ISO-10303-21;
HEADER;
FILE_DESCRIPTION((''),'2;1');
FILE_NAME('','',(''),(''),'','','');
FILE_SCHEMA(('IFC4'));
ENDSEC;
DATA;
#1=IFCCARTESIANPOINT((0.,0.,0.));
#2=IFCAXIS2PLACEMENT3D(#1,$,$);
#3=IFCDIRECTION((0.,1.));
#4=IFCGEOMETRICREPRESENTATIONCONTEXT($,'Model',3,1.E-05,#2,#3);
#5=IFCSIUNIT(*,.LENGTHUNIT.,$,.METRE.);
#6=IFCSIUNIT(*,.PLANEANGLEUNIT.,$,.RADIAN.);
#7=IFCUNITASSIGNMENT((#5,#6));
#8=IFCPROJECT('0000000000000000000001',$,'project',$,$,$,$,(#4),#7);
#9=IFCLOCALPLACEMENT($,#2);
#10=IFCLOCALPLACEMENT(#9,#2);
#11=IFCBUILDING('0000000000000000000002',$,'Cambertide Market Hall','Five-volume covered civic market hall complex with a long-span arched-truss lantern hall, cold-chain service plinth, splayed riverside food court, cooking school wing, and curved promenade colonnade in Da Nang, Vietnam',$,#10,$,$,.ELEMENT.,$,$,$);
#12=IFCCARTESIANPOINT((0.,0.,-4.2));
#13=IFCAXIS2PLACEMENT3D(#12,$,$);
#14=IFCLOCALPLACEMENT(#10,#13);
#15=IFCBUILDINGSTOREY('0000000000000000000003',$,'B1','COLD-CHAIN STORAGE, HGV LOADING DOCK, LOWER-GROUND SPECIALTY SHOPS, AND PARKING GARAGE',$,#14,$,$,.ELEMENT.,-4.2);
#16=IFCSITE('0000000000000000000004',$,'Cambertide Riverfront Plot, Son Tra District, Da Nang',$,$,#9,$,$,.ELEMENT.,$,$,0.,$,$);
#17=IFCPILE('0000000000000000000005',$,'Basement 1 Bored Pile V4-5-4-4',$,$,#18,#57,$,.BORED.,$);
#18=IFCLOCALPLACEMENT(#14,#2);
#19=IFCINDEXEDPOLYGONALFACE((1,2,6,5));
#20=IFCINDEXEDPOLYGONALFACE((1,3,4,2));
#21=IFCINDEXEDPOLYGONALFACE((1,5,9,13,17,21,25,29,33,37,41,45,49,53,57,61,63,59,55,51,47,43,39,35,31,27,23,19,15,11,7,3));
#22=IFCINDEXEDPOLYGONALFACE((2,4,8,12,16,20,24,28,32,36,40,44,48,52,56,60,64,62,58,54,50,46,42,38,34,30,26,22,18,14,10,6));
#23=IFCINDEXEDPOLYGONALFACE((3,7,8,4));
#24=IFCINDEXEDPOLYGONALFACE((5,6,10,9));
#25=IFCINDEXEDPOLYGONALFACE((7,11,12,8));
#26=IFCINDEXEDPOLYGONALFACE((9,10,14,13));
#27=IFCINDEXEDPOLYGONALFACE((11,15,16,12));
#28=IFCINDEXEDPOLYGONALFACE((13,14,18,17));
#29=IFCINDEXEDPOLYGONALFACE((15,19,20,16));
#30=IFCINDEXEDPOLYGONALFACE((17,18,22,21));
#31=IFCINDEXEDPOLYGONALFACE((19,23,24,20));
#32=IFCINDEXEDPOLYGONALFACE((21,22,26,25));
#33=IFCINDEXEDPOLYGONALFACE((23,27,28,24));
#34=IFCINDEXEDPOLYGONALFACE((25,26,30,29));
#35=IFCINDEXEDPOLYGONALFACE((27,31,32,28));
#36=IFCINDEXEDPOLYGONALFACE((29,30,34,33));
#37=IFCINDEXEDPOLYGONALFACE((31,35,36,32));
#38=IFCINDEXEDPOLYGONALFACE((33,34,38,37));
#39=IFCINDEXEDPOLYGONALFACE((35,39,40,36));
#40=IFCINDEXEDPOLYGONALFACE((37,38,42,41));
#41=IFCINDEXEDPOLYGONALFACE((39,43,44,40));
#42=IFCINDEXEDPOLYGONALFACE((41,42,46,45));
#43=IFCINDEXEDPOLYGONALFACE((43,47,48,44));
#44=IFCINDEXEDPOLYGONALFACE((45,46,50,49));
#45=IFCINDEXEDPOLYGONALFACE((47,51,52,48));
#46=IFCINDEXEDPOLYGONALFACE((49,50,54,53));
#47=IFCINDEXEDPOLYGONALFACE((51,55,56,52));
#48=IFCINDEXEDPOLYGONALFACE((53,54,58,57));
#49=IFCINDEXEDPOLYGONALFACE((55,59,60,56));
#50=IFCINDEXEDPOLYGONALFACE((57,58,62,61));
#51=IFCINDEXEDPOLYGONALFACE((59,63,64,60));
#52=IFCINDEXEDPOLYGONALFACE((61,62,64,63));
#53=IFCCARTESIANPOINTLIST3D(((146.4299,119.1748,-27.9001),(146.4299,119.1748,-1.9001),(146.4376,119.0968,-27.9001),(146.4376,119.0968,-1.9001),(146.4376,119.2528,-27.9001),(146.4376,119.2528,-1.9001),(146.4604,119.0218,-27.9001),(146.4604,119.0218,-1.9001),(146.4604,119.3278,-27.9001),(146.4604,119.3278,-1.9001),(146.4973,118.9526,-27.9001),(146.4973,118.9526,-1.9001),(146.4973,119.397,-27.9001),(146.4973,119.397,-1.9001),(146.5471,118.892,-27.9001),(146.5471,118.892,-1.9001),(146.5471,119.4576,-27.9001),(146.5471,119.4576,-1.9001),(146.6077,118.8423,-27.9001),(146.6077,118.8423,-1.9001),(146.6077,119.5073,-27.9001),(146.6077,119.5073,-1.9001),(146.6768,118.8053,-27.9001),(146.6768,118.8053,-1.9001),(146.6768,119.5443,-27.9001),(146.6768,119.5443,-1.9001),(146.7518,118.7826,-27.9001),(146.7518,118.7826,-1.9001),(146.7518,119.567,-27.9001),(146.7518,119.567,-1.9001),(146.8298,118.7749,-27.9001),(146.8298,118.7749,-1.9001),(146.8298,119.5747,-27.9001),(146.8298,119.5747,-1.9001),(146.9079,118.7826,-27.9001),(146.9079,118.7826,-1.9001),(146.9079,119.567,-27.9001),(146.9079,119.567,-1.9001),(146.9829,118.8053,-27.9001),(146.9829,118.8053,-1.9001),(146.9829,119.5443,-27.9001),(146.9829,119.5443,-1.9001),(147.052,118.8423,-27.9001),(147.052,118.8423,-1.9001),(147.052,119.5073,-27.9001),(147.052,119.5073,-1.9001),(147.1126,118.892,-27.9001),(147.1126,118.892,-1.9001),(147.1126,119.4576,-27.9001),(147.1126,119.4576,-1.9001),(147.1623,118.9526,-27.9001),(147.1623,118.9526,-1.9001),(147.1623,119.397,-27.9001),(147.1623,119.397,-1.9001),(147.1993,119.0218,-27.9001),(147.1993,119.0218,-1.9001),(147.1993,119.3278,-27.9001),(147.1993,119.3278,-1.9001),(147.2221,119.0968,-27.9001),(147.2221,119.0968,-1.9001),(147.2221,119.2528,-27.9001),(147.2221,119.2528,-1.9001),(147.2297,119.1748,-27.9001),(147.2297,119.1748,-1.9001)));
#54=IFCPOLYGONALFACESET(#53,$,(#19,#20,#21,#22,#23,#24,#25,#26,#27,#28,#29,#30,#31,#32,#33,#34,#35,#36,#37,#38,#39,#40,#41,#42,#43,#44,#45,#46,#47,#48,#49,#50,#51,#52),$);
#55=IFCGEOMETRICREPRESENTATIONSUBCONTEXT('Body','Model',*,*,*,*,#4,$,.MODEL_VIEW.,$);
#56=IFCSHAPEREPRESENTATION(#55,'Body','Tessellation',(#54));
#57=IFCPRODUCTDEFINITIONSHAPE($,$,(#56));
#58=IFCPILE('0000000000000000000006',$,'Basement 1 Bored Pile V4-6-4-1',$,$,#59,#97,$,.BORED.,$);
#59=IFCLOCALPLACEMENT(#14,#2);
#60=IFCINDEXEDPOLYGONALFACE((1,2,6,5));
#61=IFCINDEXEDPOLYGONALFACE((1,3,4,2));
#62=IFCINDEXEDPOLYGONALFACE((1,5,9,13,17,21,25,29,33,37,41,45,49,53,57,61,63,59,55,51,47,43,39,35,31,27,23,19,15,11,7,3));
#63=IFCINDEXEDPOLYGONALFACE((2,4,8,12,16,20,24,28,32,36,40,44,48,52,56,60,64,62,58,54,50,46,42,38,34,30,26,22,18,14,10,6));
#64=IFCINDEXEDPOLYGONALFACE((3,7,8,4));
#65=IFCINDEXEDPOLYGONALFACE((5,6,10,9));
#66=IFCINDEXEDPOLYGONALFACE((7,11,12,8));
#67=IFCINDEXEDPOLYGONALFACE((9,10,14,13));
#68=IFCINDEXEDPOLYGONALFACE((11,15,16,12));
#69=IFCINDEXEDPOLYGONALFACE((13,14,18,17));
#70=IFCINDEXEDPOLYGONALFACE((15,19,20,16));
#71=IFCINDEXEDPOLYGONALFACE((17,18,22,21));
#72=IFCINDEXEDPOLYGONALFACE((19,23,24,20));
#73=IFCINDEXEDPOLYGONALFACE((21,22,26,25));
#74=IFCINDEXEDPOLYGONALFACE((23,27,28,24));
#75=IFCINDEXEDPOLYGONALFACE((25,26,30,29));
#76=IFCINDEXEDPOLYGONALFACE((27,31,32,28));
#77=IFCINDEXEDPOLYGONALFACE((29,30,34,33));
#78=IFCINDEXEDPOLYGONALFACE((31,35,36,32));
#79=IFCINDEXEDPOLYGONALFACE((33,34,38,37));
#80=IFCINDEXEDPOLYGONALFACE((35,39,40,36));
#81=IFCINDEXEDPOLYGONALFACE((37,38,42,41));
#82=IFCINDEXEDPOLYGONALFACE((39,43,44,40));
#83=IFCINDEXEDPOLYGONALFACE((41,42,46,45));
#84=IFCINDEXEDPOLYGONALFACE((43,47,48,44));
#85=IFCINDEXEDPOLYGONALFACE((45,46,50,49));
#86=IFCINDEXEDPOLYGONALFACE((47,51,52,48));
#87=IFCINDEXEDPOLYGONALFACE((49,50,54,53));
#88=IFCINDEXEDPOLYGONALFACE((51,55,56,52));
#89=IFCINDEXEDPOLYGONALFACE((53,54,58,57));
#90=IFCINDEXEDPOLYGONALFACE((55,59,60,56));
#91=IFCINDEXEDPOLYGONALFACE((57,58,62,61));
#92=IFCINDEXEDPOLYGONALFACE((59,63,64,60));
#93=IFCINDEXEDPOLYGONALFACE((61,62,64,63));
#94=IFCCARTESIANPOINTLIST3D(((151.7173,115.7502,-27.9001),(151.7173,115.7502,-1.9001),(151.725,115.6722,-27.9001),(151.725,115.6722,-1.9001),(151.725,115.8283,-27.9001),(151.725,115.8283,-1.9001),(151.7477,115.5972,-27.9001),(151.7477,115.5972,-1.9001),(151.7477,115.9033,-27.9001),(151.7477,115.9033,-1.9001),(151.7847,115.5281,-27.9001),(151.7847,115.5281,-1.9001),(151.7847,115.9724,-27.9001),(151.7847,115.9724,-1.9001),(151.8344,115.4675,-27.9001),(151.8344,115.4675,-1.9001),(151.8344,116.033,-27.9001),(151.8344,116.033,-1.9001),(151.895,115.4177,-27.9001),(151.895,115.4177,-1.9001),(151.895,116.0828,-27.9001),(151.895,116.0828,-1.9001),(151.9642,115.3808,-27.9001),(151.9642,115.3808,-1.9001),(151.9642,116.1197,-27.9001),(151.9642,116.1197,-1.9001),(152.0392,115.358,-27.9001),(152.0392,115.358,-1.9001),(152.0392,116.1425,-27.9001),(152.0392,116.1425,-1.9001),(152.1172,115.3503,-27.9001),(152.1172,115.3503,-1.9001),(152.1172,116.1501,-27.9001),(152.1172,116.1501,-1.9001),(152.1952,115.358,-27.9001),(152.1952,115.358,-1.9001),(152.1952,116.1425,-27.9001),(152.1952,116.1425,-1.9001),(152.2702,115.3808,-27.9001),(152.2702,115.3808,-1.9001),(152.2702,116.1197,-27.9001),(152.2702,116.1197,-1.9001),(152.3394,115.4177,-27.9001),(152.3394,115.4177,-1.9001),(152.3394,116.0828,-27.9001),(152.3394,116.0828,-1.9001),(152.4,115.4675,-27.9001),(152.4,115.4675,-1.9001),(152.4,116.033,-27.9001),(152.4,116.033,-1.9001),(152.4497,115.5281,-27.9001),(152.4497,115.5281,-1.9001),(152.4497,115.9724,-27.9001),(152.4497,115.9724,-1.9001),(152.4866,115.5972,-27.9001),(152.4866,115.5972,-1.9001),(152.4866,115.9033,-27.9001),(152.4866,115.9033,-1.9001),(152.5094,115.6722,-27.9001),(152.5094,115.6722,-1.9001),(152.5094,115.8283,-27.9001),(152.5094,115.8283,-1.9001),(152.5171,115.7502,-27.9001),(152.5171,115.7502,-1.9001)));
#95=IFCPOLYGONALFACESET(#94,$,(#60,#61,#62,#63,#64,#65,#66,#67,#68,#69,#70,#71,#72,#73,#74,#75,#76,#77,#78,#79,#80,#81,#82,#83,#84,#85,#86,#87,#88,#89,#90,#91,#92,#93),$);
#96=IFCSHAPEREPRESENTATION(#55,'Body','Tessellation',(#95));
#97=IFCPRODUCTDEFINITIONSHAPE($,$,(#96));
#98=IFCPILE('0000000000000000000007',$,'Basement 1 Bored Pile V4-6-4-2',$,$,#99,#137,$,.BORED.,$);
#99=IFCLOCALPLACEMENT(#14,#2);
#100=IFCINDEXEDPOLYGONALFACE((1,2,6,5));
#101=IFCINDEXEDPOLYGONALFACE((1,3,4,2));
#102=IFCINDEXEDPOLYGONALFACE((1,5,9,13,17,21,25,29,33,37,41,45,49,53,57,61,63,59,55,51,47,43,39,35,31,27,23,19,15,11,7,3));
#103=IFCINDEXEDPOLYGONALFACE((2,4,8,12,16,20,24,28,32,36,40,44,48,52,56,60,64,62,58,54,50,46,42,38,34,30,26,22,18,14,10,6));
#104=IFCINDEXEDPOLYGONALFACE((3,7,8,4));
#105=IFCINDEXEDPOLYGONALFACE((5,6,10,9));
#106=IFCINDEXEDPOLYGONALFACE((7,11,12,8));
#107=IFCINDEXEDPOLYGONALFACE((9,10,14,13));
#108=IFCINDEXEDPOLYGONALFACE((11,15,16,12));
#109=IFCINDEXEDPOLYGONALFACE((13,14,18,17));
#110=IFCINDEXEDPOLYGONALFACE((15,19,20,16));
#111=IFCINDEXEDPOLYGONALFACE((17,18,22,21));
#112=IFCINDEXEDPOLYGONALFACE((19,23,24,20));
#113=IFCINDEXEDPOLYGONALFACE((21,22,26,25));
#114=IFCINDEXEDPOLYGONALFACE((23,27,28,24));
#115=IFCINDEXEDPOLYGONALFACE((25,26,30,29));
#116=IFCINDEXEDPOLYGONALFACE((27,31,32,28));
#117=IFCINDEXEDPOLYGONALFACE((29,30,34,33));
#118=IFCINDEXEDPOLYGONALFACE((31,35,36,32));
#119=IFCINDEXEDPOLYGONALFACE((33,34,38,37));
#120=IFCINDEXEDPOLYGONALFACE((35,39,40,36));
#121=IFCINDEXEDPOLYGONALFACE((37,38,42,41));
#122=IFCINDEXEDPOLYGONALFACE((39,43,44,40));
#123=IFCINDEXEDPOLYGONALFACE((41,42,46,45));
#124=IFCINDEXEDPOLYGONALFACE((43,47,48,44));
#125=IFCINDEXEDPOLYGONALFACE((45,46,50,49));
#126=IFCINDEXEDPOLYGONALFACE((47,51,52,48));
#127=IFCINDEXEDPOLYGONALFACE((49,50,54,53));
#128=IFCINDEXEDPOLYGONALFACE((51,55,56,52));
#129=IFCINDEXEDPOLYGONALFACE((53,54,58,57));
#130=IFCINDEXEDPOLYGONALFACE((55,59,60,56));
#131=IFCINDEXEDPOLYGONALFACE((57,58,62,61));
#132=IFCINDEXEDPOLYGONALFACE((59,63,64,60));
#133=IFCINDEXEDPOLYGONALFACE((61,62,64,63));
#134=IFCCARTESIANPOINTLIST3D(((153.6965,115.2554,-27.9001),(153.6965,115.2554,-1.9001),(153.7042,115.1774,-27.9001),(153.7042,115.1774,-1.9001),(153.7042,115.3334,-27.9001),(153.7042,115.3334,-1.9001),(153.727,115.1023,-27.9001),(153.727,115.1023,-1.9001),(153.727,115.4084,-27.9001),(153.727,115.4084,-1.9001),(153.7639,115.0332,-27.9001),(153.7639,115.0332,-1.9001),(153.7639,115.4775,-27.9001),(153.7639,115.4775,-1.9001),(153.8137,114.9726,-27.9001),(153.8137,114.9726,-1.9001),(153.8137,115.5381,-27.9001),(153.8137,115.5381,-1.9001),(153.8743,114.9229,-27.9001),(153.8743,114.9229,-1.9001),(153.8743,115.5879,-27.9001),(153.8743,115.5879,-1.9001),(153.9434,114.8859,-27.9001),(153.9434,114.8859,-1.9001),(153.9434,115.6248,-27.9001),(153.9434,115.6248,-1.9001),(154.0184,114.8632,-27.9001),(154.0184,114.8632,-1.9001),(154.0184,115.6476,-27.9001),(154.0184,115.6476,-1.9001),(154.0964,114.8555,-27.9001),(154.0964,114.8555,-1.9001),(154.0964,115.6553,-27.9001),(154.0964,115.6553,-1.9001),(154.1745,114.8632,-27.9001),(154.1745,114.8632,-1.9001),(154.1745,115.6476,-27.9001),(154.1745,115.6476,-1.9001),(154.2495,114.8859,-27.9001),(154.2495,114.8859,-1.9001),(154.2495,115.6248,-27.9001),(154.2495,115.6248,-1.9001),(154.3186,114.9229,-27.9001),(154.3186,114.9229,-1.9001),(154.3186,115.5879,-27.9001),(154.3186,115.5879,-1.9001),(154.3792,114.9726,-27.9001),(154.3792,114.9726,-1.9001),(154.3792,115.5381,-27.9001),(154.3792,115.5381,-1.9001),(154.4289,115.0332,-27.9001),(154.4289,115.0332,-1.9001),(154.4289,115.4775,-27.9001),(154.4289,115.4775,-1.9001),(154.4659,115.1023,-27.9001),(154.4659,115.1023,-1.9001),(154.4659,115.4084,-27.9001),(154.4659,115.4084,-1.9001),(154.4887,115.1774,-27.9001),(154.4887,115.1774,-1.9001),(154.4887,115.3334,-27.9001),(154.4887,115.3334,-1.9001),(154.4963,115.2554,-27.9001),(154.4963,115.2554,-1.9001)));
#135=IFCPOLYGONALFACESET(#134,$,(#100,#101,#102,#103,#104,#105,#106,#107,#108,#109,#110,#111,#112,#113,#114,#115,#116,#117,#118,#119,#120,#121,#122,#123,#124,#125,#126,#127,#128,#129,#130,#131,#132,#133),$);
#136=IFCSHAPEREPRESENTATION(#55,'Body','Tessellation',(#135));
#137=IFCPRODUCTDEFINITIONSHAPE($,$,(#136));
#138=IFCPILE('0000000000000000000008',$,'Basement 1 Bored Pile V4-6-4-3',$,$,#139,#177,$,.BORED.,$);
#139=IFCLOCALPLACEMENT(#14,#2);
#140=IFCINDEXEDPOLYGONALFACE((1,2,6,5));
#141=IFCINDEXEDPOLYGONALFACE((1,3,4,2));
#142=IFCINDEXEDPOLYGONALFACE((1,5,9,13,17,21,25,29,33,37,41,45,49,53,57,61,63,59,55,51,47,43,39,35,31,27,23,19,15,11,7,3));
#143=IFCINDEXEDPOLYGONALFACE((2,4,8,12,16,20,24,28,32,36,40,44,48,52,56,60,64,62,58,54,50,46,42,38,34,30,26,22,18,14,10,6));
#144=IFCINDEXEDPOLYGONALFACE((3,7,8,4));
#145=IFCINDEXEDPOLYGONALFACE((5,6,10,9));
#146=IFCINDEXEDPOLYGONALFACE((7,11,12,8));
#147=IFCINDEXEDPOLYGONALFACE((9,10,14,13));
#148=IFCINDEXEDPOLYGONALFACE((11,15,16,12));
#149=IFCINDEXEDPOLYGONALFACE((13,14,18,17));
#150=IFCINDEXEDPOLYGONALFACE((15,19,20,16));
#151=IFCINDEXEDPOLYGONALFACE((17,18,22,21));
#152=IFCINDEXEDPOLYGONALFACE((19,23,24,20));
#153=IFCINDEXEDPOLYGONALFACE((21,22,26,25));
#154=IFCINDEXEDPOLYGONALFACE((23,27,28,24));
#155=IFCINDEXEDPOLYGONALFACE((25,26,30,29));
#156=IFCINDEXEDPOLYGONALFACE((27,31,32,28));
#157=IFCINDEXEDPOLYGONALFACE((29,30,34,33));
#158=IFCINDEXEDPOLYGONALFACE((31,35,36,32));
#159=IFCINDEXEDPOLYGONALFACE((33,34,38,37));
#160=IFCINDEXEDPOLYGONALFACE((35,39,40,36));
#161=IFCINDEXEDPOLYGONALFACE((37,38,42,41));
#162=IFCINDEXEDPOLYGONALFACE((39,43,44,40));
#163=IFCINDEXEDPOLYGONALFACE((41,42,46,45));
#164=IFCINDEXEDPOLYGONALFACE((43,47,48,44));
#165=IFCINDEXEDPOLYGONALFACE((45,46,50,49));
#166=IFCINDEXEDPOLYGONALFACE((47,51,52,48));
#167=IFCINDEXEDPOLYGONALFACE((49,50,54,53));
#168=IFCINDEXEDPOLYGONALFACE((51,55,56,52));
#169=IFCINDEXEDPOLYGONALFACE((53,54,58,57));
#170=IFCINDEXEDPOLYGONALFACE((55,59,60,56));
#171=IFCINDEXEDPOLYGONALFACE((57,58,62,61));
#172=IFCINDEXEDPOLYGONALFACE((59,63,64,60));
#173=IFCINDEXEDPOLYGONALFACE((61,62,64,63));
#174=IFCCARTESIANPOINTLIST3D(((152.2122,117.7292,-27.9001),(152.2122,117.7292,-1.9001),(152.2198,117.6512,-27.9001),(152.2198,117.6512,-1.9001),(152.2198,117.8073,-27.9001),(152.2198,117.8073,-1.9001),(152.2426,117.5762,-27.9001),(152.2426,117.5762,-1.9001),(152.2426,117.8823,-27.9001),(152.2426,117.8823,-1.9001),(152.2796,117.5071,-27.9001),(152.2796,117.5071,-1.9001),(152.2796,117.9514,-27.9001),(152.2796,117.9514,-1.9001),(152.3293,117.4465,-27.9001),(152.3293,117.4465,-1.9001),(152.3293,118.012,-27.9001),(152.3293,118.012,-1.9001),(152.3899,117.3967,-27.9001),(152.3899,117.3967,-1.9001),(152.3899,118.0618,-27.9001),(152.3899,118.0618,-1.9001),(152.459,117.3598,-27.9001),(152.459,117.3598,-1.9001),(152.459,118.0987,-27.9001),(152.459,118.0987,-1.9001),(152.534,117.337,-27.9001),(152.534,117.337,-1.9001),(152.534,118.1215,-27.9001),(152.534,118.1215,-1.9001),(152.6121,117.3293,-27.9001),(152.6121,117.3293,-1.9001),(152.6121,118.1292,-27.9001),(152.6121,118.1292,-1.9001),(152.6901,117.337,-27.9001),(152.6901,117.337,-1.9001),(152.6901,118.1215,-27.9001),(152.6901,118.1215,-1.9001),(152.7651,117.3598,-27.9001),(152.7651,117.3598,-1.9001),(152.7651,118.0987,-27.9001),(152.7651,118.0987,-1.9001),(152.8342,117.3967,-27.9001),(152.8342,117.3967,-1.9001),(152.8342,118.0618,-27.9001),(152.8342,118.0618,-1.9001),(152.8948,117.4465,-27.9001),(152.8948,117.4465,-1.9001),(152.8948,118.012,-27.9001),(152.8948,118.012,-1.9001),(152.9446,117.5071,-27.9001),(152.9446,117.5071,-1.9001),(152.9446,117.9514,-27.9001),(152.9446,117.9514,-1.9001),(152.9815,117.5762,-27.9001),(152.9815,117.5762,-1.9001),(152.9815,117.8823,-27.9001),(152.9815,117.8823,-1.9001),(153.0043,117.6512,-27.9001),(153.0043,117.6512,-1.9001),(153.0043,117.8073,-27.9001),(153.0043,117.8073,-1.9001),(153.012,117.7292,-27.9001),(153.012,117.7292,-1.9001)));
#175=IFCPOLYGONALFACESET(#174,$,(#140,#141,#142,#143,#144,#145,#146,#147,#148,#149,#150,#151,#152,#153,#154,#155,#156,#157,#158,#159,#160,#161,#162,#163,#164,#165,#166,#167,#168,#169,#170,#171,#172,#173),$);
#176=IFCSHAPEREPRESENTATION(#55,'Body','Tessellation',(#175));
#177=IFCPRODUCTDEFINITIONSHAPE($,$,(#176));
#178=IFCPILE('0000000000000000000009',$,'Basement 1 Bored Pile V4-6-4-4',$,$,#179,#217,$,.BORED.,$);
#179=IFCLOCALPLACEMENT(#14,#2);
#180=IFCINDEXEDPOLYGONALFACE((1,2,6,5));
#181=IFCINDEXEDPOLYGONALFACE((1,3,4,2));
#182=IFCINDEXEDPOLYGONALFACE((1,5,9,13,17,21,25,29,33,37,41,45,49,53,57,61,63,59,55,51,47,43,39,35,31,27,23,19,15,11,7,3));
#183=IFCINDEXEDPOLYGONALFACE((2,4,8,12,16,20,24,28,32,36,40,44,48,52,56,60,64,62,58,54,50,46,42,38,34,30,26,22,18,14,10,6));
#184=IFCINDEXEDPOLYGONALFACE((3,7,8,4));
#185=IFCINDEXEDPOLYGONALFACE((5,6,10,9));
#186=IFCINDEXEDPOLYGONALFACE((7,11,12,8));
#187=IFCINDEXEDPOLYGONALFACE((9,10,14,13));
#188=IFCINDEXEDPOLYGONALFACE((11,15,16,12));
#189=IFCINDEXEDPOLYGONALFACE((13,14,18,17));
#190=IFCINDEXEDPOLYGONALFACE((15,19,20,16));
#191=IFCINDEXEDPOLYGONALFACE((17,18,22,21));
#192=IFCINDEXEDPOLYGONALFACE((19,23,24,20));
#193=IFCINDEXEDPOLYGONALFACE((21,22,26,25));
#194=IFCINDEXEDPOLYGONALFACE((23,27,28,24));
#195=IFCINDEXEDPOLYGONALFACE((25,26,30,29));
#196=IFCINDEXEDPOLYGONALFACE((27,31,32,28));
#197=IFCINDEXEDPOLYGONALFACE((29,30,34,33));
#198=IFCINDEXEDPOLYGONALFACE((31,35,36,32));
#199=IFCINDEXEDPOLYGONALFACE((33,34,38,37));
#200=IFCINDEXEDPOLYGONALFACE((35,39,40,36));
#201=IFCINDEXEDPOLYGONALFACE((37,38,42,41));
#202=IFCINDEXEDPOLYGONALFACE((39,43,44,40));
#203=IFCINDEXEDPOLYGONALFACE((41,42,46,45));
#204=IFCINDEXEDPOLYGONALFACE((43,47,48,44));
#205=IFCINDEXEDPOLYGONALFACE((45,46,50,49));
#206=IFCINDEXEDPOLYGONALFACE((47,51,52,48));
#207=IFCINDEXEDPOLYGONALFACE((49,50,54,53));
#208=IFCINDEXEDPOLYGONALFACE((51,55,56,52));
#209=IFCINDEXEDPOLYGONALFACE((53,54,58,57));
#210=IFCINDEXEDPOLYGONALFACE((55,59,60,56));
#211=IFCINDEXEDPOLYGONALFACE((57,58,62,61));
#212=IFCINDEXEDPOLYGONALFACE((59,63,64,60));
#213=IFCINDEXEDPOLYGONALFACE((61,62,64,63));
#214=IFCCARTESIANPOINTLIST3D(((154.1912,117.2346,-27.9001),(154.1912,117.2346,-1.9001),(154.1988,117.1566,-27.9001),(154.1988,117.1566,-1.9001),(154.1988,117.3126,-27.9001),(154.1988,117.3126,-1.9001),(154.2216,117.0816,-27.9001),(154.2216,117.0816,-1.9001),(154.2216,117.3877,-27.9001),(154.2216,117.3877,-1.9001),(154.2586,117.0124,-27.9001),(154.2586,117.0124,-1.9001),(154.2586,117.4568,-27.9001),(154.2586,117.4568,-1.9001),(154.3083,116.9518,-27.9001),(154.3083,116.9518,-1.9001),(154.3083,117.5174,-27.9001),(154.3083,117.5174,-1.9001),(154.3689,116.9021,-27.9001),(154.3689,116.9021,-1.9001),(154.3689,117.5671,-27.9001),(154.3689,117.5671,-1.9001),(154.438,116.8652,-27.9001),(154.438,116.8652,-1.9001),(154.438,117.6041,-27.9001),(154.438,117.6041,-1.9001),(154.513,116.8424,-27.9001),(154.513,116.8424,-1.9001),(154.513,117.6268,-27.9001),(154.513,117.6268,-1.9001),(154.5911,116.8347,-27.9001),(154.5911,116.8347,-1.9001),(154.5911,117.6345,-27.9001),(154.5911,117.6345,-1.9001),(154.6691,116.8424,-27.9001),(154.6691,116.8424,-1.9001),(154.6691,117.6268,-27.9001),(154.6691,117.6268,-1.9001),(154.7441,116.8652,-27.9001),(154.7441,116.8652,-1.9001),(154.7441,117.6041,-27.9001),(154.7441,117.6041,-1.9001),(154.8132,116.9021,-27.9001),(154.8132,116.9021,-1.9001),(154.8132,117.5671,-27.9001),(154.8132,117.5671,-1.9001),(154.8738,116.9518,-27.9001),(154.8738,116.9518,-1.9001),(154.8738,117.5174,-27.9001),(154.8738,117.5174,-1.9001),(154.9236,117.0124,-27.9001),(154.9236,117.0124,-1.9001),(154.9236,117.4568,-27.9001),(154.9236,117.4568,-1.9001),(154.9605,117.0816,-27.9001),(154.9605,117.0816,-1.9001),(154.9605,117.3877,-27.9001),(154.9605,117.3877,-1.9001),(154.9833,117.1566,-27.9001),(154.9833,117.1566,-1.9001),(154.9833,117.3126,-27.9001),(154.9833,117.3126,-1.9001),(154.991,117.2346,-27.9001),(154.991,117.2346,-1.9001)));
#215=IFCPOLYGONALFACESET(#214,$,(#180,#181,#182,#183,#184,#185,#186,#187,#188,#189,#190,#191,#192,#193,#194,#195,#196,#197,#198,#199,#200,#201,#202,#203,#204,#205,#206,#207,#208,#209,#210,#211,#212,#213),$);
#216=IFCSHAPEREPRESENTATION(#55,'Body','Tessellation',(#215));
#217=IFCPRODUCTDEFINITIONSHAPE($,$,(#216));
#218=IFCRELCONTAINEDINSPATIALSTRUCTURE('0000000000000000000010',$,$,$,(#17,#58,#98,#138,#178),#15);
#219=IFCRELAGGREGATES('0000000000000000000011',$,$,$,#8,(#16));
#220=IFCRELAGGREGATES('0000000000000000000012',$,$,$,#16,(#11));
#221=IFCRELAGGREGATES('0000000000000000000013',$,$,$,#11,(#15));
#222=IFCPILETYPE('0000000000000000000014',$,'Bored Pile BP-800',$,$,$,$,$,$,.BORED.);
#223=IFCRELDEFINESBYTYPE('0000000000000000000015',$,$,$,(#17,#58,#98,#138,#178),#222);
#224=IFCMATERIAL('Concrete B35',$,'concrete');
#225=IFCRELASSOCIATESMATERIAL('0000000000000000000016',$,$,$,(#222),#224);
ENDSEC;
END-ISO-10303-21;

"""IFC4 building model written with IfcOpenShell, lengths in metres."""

from ifc_helpers import new_model, si_unit, direction, frame, origin, origin_2d, place, context, subcontext, project, spatial, circle, extrude, material, material_profile, profile_set, type_object, element, save


model = new_model("IFC4")

# Units and contexts
model_context = context("Model", 3, precision=1e-05, world=origin(), true_north=direction((0.0, 1.0)))
body_context = subcontext(model_context, "Body", "Model", "MODEL_VIEW")
ifc_project = project(units=[si_unit("LENGTHUNIT", "METRE"), si_unit("PLANEANGLEUNIT", "RADIAN")], contexts=[model_context])

# Site, building, storey
site_placement = place(None, origin())
site = spatial("IfcSite", under=ifc_project, at=site_placement, Name="Cambertide Riverfront Plot, Son Tra District, Da Nang", CompositionType="ELEMENT", RefElevation=0.0)
building_placement = place(site_placement, origin())
building = spatial("IfcBuilding", under=site, at=building_placement, Name="Cambertide Market Hall", Description="Five-volume covered civic market hall complex with a long-span arched-truss lantern hall, cold-chain service plinth, splayed riverside food court, cooking school wing, and curved promenade colonnade in Da Nang, Vietnam", CompositionType="ELEMENT")
storey_placement = place(building_placement, frame((0.0, 0.0, -4.2)))
storey = spatial("IfcBuildingStorey", under=building, at=storey_placement, Name="B1", Description="COLD-CHAIN STORAGE, HGV LOADING DOCK, LOWER-GROUND SPECIALTY SHOPS, AND PARKING GARAGE", CompositionType="ELEMENT", Elevation=-4.2)

# Piles
ifc_material_1 = material(Name="Concrete B35", Category="concrete")
ifc_material_profile_1 = material_profile(ifc_material_1, circle(Radius=0.3999, at=origin_2d()), Name="BP D800")
ifc_profile_set_1 = profile_set([ifc_material_profile_1], Name="Concrete B35")
pile_type_1 = type_object("IfcPileType", Name="Bored Pile BP-800", PredefinedType="BORED", material=ifc_profile_set_1)
for number, where, z_axis, x_axis, name in (
    (1, (146.8298, 119.1748, -1.9001), (0.0, 0.0, -1.0), (1.0, 0.0, 0.0), "Basement 1 Bored Pile V4-5-4-4"),
    (2, (152.1172, 115.7502, -1.9001), (0.0, 0.0, -1.0), (1.0, 0.0, 0.0), "Basement 1 Bored Pile V4-6-4-1"),
    (3, (154.0964, 115.2554, -1.9001), (0.0, 0.0, -1.0), (1.0, 0.0, 0.0), "Basement 1 Bored Pile V4-6-4-2"),
    (4, (152.6121, 117.7292, -1.9001), (0.0, 0.0, -1.0), (1.0, 0.0, 0.0), "Basement 1 Bored Pile V4-6-4-3"),
    (5, (154.5911, 117.2346, -1.9001), (0.0, 0.0, -1.0), (1.0, 0.0, 0.0), "Basement 1 Bored Pile V4-6-4-4"),
):
    element("IfcPile", number, at=place(storey_placement, frame(where, z_axis=z_axis, x_axis=x_axis)), inside=storey, type_object=pile_type_1, Name=name, PredefinedType="BORED", context=body_context, shape_type="SweptSolid", body=[
        extrude(circle(Radius=0.3999, at=origin_2d()), origin(), (0.0, 0.0, 1.0), 26.0),
    ])

save(model, "model.ifc")
